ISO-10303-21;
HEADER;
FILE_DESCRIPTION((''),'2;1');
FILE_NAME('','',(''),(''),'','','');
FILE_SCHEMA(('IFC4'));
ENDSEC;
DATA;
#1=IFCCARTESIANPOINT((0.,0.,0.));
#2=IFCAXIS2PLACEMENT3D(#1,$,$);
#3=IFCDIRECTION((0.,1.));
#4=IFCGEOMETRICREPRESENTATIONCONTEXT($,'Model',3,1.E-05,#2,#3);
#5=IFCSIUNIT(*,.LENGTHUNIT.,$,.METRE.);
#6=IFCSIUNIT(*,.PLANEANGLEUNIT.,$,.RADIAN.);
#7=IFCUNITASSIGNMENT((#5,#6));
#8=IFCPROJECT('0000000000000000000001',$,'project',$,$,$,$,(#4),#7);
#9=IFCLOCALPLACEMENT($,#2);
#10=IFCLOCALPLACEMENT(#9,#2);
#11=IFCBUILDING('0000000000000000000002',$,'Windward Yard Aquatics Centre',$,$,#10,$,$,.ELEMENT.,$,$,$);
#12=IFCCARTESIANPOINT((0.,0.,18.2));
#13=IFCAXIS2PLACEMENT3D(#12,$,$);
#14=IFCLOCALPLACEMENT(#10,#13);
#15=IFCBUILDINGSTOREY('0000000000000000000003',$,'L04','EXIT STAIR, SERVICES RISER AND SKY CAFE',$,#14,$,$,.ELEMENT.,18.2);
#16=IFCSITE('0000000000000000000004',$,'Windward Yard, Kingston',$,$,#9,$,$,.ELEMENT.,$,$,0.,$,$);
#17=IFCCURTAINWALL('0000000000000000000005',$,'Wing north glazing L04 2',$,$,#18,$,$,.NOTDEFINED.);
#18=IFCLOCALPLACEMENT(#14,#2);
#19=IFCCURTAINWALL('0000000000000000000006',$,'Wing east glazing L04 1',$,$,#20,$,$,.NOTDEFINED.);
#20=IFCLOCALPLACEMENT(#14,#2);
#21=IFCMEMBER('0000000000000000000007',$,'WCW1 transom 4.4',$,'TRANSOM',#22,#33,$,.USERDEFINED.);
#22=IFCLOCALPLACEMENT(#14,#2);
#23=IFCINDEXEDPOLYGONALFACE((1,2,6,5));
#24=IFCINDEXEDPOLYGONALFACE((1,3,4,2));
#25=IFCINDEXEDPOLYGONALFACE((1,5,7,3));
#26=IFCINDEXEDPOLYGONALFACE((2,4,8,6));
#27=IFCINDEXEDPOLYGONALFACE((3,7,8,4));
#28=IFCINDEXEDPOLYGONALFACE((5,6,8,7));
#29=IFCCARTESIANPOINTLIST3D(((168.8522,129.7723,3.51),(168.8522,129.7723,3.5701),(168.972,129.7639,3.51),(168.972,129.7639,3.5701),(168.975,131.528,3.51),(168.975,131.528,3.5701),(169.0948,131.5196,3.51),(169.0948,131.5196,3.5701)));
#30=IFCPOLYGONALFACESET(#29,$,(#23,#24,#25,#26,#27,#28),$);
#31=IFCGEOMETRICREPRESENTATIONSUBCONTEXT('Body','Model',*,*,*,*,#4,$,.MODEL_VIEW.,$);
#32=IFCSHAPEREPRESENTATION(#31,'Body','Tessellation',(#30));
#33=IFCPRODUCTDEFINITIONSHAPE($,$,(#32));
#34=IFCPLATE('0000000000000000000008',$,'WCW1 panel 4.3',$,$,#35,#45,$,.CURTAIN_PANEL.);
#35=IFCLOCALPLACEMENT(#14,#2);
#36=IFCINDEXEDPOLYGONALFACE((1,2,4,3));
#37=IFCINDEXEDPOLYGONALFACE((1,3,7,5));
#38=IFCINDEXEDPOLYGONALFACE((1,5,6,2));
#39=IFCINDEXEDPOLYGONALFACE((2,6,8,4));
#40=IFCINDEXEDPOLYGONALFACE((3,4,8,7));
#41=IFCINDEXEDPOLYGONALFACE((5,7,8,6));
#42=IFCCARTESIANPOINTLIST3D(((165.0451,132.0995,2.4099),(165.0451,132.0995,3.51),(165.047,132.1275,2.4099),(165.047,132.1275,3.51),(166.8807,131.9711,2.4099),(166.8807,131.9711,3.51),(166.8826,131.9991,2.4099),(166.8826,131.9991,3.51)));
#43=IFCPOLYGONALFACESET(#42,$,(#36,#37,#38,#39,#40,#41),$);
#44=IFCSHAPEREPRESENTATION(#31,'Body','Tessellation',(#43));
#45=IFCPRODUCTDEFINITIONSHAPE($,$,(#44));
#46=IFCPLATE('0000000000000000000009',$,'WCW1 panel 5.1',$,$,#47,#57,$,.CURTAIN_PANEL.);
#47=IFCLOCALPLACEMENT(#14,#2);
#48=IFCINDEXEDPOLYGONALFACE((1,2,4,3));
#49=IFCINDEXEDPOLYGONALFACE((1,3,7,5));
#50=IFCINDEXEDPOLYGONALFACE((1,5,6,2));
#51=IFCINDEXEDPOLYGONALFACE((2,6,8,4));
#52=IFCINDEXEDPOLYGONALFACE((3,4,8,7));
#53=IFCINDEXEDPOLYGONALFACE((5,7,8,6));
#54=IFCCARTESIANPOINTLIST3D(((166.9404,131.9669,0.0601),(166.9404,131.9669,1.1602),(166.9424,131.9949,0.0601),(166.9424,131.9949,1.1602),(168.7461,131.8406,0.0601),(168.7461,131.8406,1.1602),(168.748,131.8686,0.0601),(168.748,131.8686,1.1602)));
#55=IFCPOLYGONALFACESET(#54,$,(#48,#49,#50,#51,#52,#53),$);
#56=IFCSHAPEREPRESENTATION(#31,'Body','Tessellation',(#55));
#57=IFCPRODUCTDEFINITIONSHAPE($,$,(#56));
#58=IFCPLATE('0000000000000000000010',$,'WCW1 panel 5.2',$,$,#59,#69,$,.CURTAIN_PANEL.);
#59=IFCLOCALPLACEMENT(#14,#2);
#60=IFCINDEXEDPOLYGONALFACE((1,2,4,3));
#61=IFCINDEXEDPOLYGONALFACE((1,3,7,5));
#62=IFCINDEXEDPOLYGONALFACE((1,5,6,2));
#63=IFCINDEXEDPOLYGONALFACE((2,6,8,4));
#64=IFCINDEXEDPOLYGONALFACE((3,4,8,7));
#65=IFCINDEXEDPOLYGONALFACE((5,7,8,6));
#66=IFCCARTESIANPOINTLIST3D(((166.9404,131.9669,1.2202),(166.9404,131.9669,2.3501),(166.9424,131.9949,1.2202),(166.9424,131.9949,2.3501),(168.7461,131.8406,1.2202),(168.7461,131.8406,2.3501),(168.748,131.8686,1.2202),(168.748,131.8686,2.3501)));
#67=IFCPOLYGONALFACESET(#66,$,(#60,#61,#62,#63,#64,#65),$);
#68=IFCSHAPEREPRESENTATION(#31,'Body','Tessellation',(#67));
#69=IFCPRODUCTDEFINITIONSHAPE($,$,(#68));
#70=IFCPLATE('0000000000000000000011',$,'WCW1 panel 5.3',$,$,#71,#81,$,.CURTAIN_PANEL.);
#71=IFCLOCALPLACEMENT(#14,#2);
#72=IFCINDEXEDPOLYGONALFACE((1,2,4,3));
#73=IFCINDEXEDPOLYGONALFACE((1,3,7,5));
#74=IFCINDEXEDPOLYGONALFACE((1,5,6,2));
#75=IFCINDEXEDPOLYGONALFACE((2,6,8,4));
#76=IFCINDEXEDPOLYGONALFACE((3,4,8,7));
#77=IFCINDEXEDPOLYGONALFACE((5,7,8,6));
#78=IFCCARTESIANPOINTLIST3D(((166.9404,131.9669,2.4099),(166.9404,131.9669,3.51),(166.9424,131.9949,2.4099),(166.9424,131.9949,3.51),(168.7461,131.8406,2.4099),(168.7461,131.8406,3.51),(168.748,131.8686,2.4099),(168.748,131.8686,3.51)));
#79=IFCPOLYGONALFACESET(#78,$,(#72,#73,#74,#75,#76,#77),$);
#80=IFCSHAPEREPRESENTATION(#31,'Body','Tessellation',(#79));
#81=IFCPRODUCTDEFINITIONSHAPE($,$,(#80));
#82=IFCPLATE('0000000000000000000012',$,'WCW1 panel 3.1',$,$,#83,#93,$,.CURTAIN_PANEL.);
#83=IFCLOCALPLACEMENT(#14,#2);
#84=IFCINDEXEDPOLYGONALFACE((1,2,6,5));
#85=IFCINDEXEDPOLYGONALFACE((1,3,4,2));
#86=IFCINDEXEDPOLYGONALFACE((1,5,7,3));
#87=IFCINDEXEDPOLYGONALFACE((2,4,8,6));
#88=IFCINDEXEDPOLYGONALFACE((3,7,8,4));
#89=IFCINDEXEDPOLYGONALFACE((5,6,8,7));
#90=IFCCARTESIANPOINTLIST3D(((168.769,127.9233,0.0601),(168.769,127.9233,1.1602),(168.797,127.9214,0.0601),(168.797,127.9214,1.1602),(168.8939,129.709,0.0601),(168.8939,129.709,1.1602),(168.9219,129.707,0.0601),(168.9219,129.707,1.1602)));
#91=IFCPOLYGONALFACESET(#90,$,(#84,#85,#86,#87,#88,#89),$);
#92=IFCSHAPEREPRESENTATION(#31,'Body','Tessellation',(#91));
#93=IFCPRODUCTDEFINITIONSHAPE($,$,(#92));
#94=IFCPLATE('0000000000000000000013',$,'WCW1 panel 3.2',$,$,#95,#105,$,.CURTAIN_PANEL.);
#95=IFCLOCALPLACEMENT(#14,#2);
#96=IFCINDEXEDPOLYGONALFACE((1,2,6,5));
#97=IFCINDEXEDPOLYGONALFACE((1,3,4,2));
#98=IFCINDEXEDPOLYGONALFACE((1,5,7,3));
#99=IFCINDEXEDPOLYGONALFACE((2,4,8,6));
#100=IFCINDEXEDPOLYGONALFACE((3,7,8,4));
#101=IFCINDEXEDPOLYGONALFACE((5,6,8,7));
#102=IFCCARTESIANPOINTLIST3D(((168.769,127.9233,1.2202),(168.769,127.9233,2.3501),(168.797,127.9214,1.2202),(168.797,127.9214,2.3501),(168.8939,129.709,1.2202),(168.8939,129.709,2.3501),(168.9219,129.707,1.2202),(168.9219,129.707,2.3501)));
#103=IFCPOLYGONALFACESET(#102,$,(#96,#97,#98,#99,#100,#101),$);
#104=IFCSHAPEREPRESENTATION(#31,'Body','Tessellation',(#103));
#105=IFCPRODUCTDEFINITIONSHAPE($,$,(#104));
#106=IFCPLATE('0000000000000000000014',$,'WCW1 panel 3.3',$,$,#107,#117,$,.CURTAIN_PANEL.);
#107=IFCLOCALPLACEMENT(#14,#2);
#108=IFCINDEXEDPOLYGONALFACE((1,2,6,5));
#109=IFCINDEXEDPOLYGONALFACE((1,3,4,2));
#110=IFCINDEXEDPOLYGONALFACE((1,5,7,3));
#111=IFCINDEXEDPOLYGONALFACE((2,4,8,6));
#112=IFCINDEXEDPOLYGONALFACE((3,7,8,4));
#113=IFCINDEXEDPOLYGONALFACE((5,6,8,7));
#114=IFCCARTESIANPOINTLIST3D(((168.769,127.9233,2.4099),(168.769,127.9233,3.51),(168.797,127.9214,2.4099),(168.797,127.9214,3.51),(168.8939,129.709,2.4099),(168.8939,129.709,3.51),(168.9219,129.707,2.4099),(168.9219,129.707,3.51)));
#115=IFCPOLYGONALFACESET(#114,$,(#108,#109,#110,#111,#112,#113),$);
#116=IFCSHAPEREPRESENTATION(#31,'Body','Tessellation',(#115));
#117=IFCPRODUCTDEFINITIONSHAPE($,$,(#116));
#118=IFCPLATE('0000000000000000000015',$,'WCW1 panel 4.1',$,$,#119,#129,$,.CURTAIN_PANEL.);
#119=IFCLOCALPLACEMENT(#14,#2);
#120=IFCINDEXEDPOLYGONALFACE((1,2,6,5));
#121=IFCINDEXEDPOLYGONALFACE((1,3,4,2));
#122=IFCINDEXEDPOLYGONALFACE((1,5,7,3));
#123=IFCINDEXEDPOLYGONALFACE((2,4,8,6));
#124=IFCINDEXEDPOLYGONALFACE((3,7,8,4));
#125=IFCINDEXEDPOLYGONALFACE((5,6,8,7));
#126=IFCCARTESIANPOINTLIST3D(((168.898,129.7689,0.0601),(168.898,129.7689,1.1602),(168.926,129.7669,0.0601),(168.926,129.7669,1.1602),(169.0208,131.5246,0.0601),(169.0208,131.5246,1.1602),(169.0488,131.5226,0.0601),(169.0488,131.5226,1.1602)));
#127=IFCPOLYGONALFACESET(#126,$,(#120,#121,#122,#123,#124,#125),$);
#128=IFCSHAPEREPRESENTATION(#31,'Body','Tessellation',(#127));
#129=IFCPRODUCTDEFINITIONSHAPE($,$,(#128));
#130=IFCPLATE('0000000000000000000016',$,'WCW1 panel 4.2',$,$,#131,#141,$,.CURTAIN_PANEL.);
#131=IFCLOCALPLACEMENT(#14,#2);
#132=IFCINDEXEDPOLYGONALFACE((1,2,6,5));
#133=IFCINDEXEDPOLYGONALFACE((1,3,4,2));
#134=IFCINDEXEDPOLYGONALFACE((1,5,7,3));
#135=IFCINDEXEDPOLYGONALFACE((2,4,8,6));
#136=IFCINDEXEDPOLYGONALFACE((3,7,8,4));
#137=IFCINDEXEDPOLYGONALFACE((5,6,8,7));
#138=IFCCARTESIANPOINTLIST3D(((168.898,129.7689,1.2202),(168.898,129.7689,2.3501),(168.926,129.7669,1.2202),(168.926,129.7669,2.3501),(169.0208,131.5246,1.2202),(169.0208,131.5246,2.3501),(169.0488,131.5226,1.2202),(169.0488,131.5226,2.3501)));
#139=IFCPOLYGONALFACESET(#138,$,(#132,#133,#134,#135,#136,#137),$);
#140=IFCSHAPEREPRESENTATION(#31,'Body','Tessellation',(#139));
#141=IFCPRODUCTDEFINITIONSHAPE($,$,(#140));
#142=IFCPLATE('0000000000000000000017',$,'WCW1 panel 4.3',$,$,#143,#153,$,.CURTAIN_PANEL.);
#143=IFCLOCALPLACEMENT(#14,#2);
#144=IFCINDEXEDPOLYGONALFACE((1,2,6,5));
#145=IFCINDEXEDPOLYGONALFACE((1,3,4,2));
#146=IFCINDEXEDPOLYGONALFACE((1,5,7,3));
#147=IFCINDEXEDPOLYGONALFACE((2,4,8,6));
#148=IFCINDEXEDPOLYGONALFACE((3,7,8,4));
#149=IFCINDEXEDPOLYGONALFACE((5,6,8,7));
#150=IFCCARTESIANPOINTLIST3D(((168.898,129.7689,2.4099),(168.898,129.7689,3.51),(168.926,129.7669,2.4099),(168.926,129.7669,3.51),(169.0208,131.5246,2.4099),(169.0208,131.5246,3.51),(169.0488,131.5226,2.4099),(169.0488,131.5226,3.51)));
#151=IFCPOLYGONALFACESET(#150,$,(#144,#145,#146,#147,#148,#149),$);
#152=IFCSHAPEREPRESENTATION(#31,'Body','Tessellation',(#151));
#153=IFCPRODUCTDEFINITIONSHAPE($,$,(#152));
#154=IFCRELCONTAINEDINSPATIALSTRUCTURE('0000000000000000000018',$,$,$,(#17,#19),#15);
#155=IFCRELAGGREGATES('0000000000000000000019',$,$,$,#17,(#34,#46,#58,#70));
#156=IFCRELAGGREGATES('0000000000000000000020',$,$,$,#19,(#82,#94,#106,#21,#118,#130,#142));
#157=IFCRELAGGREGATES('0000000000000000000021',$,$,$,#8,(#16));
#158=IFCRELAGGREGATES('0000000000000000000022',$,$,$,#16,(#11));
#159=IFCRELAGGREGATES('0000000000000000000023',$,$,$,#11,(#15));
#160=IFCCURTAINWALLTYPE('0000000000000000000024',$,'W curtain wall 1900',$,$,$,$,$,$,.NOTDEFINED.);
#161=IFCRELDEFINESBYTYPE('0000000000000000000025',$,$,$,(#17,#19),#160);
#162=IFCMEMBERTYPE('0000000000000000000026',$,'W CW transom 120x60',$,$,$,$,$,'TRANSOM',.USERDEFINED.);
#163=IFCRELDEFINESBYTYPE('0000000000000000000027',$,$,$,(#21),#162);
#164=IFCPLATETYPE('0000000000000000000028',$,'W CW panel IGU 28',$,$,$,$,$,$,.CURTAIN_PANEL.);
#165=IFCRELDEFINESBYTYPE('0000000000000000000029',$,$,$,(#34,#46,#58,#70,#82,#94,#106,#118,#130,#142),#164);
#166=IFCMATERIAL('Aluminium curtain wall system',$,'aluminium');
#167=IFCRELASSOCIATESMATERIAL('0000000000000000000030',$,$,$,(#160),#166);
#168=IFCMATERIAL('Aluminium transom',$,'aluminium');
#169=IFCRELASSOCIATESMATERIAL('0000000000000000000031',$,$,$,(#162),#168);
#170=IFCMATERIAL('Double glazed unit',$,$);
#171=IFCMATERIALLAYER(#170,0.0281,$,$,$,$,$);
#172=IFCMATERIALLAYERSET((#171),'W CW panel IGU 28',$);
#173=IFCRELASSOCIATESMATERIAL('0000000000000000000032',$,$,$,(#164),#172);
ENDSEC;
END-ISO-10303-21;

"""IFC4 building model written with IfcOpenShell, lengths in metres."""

from ifc_helpers import new_model, si_unit, direction, frame, origin, origin_2d, place, context, subcontext, project, spatial, rectangle, extrude, material, layer, layer_set, material_profile, profile_set, type_object, element, aggregate, save


model = new_model("IFC4")

# Units and contexts
model_context = context("Model", 3, precision=1e-05, world=origin(), true_north=direction((0.0, 1.0)))
body_context = subcontext(model_context, "Body", "Model", "MODEL_VIEW")
ifc_project = project(units=[si_unit("LENGTHUNIT", "METRE"), si_unit("PLANEANGLEUNIT", "RADIAN")], contexts=[model_context])

# Site, building, storey
site_placement = place(None, origin())
site = spatial("IfcSite", under=ifc_project, at=site_placement, Name="Windward Yard, Kingston", CompositionType="ELEMENT", RefElevation=0.0)
building_placement = place(site_placement, origin())
building = spatial("IfcBuilding", under=site, at=building_placement, Name="Windward Yard Aquatics Centre", CompositionType="ELEMENT")
storey_placement = place(building_placement, frame((0.0, 0.0, 18.2)))
storey = spatial("IfcBuildingStorey", under=building, at=storey_placement, Name="L04", Description="EXIT STAIR, SERVICES RISER AND SKY CAFE", CompositionType="ELEMENT", Elevation=18.2)

# Curtain walls
ifc_material_1 = material(Name="Aluminium curtain wall system", Category="aluminium")
curtain_wall_type = type_object("IfcCurtainWallType", Name="W curtain wall 1900", PredefinedType="NOTDEFINED", material=ifc_material_1)
curtain_wall_1_placement = place(storey_placement, origin())
curtain_wall_1 = element("IfcCurtainWall", 1, at=curtain_wall_1_placement, inside=storey, type_object=curtain_wall_type, Name="Wing north glazing L04 2", PredefinedType="NOTDEFINED")
curtain_wall_2_placement = place(storey_placement, origin())
curtain_wall_2 = element("IfcCurtainWall", 2, at=curtain_wall_2_placement, inside=storey, type_object=curtain_wall_type, Name="Wing east glazing L04 1", PredefinedType="NOTDEFINED")

# Member
ifc_material_2 = material(Name="Aluminium transom", Category="aluminium")
ifc_material_profile_1 = material_profile(ifc_material_2, rectangle(XDim=0.1201, YDim=0.0601, at=origin_2d()), Name="AL 120x60")
ifc_profile_set_1 = profile_set([ifc_material_profile_1], Name="Aluminium transom")
member_type_1 = type_object("IfcMemberType", Name="W CW transom 120x60", ElementType="TRANSOM", PredefinedType="USERDEFINED", material=ifc_profile_set_1)
member_1_placement = place(storey_placement, frame((168.9121, 129.7681, 3.54), z_axis=(0.069778, 0.997563, 0.0), x_axis=(-0.997563, 0.069778, 0.0)))
member_1 = element("IfcMember", 3, at=member_1_placement, type_object=member_type_1, Name="WCW1 transom 4.4", ObjectType="TRANSOM", PredefinedType="USERDEFINED", context=body_context, shape_type="SweptSolid", body=[
    extrude(rectangle(XDim=0.1201, YDim=0.0601, at=origin_2d()), origin(), (0.0, 0.0, 1.0), 1.76),
])

# Plates
ifc_material_3 = material(Name="Double glazed unit")
ifc_layer = layer(ifc_material_3, 0.0281)
ifc_layer_set = layer_set([ifc_layer], Name="W CW panel IGU 28")
plate_type = type_object("IfcPlateType", Name="W CW panel IGU 28", PredefinedType="CURTAIN_PANEL", material=ifc_layer_set)
plate_1_placement = place(storey_placement, frame((165.9639, 132.0493, 2.4099), z_axis=(0.0, 0.0, 1.0), x_axis=(0.997564, -0.069758, 0.0)))
plate_1 = element("IfcPlate", 4, at=plate_1_placement, type_object=plate_type, Name="WCW1 panel 4.3", PredefinedType="CURTAIN_PANEL", context=body_context, shape_type="SweptSolid", body=[
    extrude(rectangle(XDim=1.8401, YDim=0.0281, at=origin_2d()), origin(), (0.0, 0.0, 1.0), 1.1001),
])
plate_2_placement = place(storey_placement, frame((167.8442, 131.9177, 0.0601), z_axis=(0.0, 0.0, 1.0), x_axis=(0.997564, -0.069758, 0.0)))
plate_2 = element("IfcPlate", 5, at=plate_2_placement, type_object=plate_type, Name="WCW1 panel 5.1", PredefinedType="CURTAIN_PANEL", context=body_context, shape_type="SweptSolid", body=[
    extrude(rectangle(XDim=1.8101, YDim=0.0281, at=origin_2d()), origin(), (0.0, 0.0, 1.0), 1.1001),
])
plate_3_placement = place(storey_placement, frame((167.8442, 131.9177, 1.2202), z_axis=(0.0, 0.0, 1.0), x_axis=(0.997564, -0.069758, 0.0)))
plate_3 = element("IfcPlate", 6, at=plate_3_placement, type_object=plate_type, Name="WCW1 panel 5.2", PredefinedType="CURTAIN_PANEL", context=body_context, shape_type="SweptSolid", body=[
    extrude(rectangle(XDim=1.8101, YDim=0.0281, at=origin_2d()), origin(), (0.0, 0.0, 1.0), 1.1299),
])
plate_4_placement = place(storey_placement, frame((167.8442, 131.9177, 2.4099), z_axis=(0.0, 0.0, 1.0), x_axis=(0.997564, -0.069758, 0.0)))
plate_4 = element("IfcPlate", 7, at=plate_4_placement, type_object=plate_type, Name="WCW1 panel 5.3", PredefinedType="CURTAIN_PANEL", context=body_context, shape_type="SweptSolid", body=[
    extrude(rectangle(XDim=1.8101, YDim=0.0281, at=origin_2d()), origin(), (0.0, 0.0, 1.0), 1.1001),
])
aggregate(curtain_wall_1, [plate_1, plate_2, plate_3, plate_4])
plate_5_placement = place(storey_placement, frame((168.8455, 128.8152, 0.0601), z_axis=(0.0, 0.0, 1.0), x_axis=(0.069757, 0.997564, 0.0)))
plate_5 = element("IfcPlate", 8, at=plate_5_placement, type_object=plate_type, Name="WCW1 panel 3.1", PredefinedType="CURTAIN_PANEL", context=body_context, shape_type="SweptSolid", body=[
    extrude(rectangle(XDim=1.79, YDim=0.0281, at=origin_2d()), origin(), (0.0, 0.0, 1.0), 1.1001),
])
plate_6_placement = place(storey_placement, frame((168.8455, 128.8152, 1.2202), z_axis=(0.0, 0.0, 1.0), x_axis=(0.069757, 0.997564, 0.0)))
plate_6 = element("IfcPlate", 9, at=plate_6_placement, type_object=plate_type, Name="WCW1 panel 3.2", PredefinedType="CURTAIN_PANEL", context=body_context, shape_type="SweptSolid", body=[
    extrude(rectangle(XDim=1.79, YDim=0.0281, at=origin_2d()), origin(), (0.0, 0.0, 1.0), 1.1299),
])
plate_7_placement = place(storey_placement, frame((168.8455, 128.8152, 2.4099), z_axis=(0.0, 0.0, 1.0), x_axis=(0.069757, 0.997564, 0.0)))
plate_7 = element("IfcPlate", 10, at=plate_7_placement, type_object=plate_type, Name="WCW1 panel 3.3", PredefinedType="CURTAIN_PANEL", context=body_context, shape_type="SweptSolid", body=[
    extrude(rectangle(XDim=1.79, YDim=0.0281, at=origin_2d()), origin(), (0.0, 0.0, 1.0), 1.1001),
])
plate_8_placement = place(storey_placement, frame((168.9734, 130.6458, 0.0601), z_axis=(0.0, 0.0, 1.0), x_axis=(0.069757, 0.997564, 0.0)))
plate_8 = element("IfcPlate", 11, at=plate_8_placement, type_object=plate_type, Name="WCW1 panel 4.1", PredefinedType="CURTAIN_PANEL", context=body_context, shape_type="SweptSolid", body=[
    extrude(rectangle(XDim=1.76, YDim=0.0281, at=origin_2d()), origin(), (0.0, 0.0, 1.0), 1.1001),
])
plate_9_placement = place(storey_placement, frame((168.9734, 130.6458, 1.2202), z_axis=(0.0, 0.0, 1.0), x_axis=(0.069757, 0.997564, 0.0)))
plate_9 = element("IfcPlate", 12, at=plate_9_placement, type_object=plate_type, Name="WCW1 panel 4.2", PredefinedType="CURTAIN_PANEL", context=body_context, shape_type="SweptSolid", body=[
    extrude(rectangle(XDim=1.76, YDim=0.0281, at=origin_2d()), origin(), (0.0, 0.0, 1.0), 1.1299),
])
plate_10_placement = place(storey_placement, frame((168.9734, 130.6458, 2.4099), z_axis=(0.0, 0.0, 1.0), x_axis=(0.069757, 0.997564, 0.0)))
plate_10 = element("IfcPlate", 13, at=plate_10_placement, type_object=plate_type, Name="WCW1 panel 4.3", PredefinedType="CURTAIN_PANEL", context=body_context, shape_type="SweptSolid", body=[
    extrude(rectangle(XDim=1.76, YDim=0.0281, at=origin_2d()), origin(), (0.0, 0.0, 1.0), 1.1001),
])
aggregate(curtain_wall_2, [plate_5, plate_6, plate_7, member_1, plate_8, plate_9, plate_10])

save(model, "model.ifc")
